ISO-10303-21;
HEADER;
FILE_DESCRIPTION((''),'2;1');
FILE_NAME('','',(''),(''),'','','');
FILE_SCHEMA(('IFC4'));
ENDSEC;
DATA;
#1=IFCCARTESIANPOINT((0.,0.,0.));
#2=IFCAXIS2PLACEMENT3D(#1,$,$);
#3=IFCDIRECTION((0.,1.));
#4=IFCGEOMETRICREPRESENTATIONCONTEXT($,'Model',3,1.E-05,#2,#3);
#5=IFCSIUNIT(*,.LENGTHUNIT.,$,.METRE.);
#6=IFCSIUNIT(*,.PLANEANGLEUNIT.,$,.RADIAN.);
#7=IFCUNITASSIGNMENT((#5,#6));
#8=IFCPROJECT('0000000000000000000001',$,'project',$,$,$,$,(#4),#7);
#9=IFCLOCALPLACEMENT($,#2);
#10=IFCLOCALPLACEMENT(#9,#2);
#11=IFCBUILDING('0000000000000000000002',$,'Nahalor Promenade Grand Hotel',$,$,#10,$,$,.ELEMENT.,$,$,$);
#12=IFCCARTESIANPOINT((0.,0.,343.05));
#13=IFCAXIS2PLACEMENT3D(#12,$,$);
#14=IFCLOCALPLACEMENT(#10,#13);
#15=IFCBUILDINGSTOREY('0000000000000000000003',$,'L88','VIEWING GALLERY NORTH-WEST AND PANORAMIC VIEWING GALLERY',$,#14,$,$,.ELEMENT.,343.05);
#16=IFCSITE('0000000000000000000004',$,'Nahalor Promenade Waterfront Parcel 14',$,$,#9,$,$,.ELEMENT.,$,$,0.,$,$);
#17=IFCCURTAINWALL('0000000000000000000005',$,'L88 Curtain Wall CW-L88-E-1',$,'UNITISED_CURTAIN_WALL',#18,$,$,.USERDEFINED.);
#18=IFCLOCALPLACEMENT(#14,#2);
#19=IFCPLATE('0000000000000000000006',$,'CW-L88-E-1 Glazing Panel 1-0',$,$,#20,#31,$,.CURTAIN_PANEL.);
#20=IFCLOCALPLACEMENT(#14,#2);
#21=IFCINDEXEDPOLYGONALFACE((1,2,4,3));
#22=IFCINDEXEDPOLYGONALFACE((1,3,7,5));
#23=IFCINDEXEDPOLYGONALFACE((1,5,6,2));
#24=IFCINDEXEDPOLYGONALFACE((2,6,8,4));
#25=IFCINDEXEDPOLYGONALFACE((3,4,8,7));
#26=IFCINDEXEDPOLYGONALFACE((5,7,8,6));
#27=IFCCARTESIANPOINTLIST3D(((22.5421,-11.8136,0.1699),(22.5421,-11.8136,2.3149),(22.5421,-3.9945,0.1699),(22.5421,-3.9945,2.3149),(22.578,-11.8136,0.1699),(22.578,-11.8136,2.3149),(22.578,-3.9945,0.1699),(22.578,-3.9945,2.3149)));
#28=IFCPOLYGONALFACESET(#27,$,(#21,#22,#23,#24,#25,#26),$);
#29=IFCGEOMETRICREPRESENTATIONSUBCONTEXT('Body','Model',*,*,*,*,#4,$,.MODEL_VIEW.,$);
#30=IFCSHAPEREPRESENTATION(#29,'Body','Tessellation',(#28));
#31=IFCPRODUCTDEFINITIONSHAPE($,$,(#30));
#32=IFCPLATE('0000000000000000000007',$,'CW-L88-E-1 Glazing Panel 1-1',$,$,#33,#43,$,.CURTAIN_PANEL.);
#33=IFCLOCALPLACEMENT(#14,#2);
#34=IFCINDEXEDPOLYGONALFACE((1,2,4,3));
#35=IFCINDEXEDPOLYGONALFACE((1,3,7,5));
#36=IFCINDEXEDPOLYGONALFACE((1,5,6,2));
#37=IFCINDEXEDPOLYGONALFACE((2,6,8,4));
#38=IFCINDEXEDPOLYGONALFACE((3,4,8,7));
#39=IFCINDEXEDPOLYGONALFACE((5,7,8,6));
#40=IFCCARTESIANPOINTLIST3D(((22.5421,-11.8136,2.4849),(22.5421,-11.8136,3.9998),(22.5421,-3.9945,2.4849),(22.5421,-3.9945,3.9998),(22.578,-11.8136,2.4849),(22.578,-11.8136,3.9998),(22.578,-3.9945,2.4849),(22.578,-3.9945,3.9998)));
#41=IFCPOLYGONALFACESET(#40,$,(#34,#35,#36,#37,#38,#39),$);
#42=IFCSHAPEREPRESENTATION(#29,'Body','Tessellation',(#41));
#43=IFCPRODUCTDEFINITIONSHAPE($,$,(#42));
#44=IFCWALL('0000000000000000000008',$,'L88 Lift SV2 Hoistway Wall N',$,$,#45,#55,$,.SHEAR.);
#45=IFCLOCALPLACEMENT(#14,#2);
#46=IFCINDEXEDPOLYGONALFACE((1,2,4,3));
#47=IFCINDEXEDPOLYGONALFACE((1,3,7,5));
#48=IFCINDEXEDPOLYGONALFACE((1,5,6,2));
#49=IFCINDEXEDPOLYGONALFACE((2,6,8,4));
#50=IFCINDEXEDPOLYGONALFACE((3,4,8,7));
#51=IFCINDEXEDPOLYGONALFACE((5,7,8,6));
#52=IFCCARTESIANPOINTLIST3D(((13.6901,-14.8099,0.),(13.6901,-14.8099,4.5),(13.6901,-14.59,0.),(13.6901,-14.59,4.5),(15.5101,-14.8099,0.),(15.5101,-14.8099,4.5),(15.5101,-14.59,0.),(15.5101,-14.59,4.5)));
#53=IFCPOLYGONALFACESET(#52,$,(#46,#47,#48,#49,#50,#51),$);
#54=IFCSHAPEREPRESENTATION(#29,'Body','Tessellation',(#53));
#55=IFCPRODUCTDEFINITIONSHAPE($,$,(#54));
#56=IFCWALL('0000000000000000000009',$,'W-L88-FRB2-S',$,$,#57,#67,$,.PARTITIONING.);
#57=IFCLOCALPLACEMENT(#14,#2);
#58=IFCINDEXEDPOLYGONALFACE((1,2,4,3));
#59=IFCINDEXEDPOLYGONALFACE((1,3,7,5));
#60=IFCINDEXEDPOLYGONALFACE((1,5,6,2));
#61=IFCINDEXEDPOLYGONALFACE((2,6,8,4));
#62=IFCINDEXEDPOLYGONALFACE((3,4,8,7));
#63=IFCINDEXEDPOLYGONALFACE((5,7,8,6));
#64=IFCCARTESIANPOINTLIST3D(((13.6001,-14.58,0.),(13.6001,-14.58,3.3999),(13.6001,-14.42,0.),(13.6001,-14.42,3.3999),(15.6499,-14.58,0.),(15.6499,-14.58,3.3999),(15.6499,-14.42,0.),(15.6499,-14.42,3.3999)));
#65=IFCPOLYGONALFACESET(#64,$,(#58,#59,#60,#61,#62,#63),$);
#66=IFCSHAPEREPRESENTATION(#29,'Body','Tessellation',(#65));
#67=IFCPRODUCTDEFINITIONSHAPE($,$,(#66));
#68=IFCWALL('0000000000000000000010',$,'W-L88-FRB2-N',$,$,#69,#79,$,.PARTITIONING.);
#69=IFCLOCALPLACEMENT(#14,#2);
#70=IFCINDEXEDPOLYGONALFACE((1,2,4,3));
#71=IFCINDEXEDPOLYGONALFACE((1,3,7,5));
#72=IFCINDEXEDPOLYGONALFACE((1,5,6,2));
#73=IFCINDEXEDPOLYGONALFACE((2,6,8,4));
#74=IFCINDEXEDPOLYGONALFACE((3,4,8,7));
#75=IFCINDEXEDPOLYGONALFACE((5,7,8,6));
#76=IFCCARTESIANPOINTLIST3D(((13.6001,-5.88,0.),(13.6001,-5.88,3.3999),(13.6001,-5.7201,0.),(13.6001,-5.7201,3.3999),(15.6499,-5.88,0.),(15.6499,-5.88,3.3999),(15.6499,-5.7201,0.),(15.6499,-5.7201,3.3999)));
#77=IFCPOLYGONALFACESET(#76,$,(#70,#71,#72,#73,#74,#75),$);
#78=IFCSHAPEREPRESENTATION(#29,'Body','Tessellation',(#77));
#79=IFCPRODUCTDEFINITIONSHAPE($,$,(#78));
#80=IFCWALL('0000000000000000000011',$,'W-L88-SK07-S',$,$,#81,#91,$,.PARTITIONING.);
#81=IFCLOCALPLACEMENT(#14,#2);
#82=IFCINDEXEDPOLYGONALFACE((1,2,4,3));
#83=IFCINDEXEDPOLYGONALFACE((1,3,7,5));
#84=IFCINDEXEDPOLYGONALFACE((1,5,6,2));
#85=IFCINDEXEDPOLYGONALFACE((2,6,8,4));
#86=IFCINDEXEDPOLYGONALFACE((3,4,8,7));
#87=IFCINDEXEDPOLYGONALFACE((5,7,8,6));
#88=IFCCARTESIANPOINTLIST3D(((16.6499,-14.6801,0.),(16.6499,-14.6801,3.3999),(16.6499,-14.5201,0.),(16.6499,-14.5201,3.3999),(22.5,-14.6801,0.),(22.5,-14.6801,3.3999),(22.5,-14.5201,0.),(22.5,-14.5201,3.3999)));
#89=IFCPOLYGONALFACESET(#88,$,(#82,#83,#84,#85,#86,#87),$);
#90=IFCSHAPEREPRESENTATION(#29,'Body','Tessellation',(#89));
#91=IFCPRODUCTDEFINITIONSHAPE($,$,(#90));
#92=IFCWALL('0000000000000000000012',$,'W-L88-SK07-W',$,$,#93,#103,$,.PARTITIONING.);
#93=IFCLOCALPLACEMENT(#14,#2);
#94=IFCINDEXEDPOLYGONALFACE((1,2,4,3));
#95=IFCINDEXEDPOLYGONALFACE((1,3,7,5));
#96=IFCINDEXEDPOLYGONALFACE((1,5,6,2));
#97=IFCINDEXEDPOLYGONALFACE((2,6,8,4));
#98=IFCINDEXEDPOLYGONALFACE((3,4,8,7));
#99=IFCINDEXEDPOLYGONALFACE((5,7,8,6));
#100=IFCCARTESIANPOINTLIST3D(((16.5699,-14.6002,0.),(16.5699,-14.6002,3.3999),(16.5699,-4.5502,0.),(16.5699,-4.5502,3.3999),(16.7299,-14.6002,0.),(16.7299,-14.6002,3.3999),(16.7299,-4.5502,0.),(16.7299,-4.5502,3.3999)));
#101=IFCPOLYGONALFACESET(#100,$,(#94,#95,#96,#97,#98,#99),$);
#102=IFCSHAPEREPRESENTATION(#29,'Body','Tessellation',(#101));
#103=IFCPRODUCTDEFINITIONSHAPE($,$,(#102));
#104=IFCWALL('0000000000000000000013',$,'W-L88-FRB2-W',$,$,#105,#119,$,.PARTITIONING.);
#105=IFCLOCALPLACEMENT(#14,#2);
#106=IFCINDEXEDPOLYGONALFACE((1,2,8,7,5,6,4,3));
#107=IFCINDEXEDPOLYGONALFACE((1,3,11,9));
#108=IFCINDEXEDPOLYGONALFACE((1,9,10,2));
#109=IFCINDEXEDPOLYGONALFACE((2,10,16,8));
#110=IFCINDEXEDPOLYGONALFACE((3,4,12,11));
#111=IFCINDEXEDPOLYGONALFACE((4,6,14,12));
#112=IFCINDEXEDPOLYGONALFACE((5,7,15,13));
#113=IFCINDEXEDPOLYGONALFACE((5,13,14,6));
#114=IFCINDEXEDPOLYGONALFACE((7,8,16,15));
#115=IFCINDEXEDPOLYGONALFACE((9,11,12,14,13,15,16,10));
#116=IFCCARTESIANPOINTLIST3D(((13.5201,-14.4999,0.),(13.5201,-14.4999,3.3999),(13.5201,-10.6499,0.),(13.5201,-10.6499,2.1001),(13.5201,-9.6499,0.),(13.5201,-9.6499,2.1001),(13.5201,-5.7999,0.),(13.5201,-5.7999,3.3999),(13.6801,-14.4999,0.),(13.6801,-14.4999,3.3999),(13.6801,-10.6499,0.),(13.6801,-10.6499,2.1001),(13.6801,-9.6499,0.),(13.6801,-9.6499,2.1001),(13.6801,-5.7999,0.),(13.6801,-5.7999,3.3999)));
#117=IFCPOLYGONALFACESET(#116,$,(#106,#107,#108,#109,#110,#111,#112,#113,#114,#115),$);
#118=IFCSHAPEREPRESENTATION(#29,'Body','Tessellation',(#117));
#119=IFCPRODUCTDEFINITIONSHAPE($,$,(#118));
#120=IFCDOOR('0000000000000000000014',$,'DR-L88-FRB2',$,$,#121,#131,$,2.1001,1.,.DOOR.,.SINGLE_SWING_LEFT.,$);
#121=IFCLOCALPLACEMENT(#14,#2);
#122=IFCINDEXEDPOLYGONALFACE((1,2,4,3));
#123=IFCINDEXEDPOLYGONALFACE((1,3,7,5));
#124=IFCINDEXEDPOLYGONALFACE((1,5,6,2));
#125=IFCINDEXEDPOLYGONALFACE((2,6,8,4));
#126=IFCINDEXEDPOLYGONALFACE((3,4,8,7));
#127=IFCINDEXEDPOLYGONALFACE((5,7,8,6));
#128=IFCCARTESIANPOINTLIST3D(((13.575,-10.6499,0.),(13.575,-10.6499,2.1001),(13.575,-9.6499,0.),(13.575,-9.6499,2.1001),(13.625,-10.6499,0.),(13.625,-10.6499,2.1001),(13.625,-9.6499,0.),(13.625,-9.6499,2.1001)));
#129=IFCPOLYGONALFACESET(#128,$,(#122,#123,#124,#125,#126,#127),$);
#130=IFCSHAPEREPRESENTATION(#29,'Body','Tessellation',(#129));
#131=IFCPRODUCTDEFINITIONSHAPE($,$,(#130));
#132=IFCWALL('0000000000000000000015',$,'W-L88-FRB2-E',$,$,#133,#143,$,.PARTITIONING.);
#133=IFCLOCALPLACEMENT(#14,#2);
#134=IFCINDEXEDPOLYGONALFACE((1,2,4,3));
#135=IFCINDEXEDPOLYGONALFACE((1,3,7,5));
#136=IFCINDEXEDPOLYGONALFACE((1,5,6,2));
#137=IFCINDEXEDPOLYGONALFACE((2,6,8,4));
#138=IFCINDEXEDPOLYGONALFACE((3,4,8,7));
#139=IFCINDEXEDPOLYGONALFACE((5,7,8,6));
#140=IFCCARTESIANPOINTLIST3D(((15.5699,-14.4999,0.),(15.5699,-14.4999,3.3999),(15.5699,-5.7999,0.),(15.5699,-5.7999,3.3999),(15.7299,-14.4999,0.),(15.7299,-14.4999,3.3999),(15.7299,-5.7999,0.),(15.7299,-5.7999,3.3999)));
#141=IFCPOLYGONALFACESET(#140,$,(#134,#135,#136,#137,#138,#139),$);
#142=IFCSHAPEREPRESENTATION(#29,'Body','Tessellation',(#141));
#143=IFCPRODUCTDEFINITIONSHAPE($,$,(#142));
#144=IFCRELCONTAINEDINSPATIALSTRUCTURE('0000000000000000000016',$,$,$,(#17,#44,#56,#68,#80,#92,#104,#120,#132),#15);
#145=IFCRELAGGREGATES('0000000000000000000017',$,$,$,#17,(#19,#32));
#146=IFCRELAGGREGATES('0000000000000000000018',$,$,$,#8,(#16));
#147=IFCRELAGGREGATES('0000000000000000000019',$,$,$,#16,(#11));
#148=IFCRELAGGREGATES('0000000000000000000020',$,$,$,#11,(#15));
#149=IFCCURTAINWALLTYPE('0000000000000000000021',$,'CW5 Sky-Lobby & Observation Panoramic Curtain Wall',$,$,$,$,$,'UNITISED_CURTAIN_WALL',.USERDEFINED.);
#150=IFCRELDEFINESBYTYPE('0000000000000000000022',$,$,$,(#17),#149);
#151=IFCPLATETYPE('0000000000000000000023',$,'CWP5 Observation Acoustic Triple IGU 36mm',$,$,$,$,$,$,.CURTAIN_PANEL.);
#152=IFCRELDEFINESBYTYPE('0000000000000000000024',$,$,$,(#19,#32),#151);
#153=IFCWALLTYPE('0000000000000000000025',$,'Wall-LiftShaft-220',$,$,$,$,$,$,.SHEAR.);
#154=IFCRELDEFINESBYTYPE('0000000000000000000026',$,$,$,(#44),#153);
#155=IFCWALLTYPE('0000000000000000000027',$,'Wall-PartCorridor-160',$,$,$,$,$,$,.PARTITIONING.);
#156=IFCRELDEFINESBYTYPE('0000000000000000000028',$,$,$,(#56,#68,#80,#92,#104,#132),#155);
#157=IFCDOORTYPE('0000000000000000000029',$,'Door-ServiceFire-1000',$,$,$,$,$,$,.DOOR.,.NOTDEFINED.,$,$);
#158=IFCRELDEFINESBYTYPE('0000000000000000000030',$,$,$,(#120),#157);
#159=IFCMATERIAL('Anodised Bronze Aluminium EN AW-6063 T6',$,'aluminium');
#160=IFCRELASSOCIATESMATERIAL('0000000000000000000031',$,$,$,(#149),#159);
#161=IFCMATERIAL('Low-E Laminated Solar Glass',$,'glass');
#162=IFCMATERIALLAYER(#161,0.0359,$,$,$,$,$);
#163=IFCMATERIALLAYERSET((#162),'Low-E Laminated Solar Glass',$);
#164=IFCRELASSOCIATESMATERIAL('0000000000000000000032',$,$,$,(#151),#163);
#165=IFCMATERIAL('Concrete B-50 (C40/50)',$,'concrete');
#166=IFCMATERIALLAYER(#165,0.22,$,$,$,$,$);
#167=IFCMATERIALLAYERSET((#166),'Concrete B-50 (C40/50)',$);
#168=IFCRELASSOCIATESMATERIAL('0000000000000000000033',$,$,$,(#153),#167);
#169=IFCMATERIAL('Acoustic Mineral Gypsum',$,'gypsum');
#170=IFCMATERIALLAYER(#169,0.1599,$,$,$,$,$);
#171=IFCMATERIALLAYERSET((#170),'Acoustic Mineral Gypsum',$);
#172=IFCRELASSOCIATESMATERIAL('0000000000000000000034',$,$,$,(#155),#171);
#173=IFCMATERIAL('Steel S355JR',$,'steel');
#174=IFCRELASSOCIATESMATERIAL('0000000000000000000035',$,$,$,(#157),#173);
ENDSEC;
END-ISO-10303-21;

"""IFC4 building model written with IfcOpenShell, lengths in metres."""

from ifc_helpers import new_model, si_unit, direction, frame, frame_2d, origin, origin_2d, place, context, subcontext, project, spatial, rectangle, extrude, source, transform, mapped, material, layer, layer_set, type_object, element, fill, aggregate, save


model = new_model("IFC4")

# Units and contexts
model_context = context("Model", 3, precision=1e-05, world=origin(), true_north=direction((0.0, 1.0)))
body_context = subcontext(model_context, "Body", "Model", "MODEL_VIEW")
ifc_project = project(units=[si_unit("LENGTHUNIT", "METRE"), si_unit("PLANEANGLEUNIT", "RADIAN")], contexts=[model_context])

# Site, building, storey
site_placement = place(None, origin())
site = spatial("IfcSite", under=ifc_project, at=site_placement, Name="Nahalor Promenade Waterfront Parcel 14", CompositionType="ELEMENT", RefElevation=0.0)
building_placement = place(site_placement, origin())
building = spatial("IfcBuilding", under=site, at=building_placement, Name="Nahalor Promenade Grand Hotel", CompositionType="ELEMENT")
storey_placement = place(building_placement, frame((0.0, 0.0, 343.05)))
storey = spatial("IfcBuildingStorey", under=building, at=storey_placement, Name="L88", Description="VIEWING GALLERY NORTH-WEST AND PANORAMIC VIEWING GALLERY", CompositionType="ELEMENT", Elevation=343.05)

# Shared definitions
ifc_material_1 = material(Name="Steel S355JR", Category="steel")

# Curtain wall, plates
ifc_material_2 = material(Name="Anodised Bronze Aluminium EN AW-6063 T6", Category="aluminium")
curtain_wall_type = type_object("IfcCurtainWallType", Name="CW5 Sky-Lobby & Observation Panoramic Curtain Wall", ElementType="UNITISED_CURTAIN_WALL", PredefinedType="USERDEFINED", material=ifc_material_2)
curtain_wall_placement = place(storey_placement, origin())
curtain_wall = element("IfcCurtainWall", 1, at=curtain_wall_placement, inside=storey, type_object=curtain_wall_type, Name="L88 Curtain Wall CW-L88-E-1", ObjectType="UNITISED_CURTAIN_WALL", PredefinedType="USERDEFINED")
ifc_material_3 = material(Name="Low-E Laminated Solar Glass", Category="glass")
ifc_layer_1 = layer(ifc_material_3, 0.0359)
ifc_layer_set_1 = layer_set([ifc_layer_1], Name="Low-E Laminated Solar Glass")
plate_type = type_object("IfcPlateType", Name="CWP5 Observation Acoustic Triple IGU 36mm", PredefinedType="CURTAIN_PANEL", material=ifc_layer_set_1)
shared_shape_1 = source(origin(), body_context, "Body", "SweptSolid", [
    extrude(rectangle(XDim=7.8191, YDim=0.0359, at=origin_2d()), origin(), (0.0, 0.0, 1.0), 2.145),
])
plate_1_placement = place(storey_placement, frame((22.5601, -7.9041, 0.1699), z_axis=(0.0, 0.0, 1.0), x_axis=(0.0, 1.0, 0.0)))
plate_1 = element("IfcPlate", 2, at=plate_1_placement, type_object=plate_type, Name="CW-L88-E-1 Glazing Panel 1-0", PredefinedType="CURTAIN_PANEL", context=body_context, shape_type="MappedRepresentation", body=[
    mapped(shared_shape_1, transform((0.0, 0.0, 0.0), scale=1.0)),
])
shared_shape_2 = source(origin(), body_context, "Body", "SweptSolid", [
    extrude(rectangle(XDim=7.8191, YDim=0.0359, at=origin_2d()), origin(), (0.0, 0.0, 1.0), 1.5149),
])
plate_2_placement = place(storey_placement, frame((22.5601, -7.9041, 2.4849), z_axis=(0.0, 0.0, 1.0), x_axis=(0.0, 1.0, 0.0)))
plate_2 = element("IfcPlate", 3, at=plate_2_placement, type_object=plate_type, Name="CW-L88-E-1 Glazing Panel 1-1", PredefinedType="CURTAIN_PANEL", context=body_context, shape_type="MappedRepresentation", body=[
    mapped(shared_shape_2, transform((0.0, 0.0, 0.0), scale=1.0)),
])
aggregate(curtain_wall, [plate_1, plate_2])

# Walls
ifc_material_4 = material(Name="Concrete B-50 (C40/50)", Category="concrete")
ifc_layer_2 = layer(ifc_material_4, 0.22)
ifc_layer_set_2 = layer_set([ifc_layer_2], Name="Concrete B-50 (C40/50)")
wall_type_1 = type_object("IfcWallType", Name="Wall-LiftShaft-220", PredefinedType="SHEAR", material=ifc_layer_set_2)
shared_shape_3 = source(origin(), body_context, "Body", "SweptSolid", [
    extrude(rectangle(XDim=1.8201, YDim=0.22, at=frame_2d((0.9102, 0.0))), origin(), (0.0, 0.0, 1.0), 4.5),
])
wall_1_placement = place(storey_placement, frame((13.6899, -14.7, 0.0), z_axis=(0.0, 0.0, 1.0), x_axis=(1.0, 0.0, 0.0)))
element("IfcWall", 4, at=wall_1_placement, inside=storey, type_object=wall_type_1, Name="L88 Lift SV2 Hoistway Wall N", PredefinedType="SHEAR", context=body_context, shape_type="MappedRepresentation", body=[
    mapped(shared_shape_3, transform((0.0, 0.0, 0.0), scale=1.0)),
])
ifc_material_5 = material(Name="Acoustic Mineral Gypsum", Category="gypsum")
ifc_layer_3 = layer(ifc_material_5, 0.1599)
ifc_layer_set_3 = layer_set([ifc_layer_3], Name="Acoustic Mineral Gypsum")
wall_type_2 = type_object("IfcWallType", Name="Wall-PartCorridor-160", PredefinedType="PARTITIONING", material=ifc_layer_set_3)
shared_shape_4 = source(origin(), body_context, "Body", "SweptSolid", [
    extrude(rectangle(XDim=2.0498, YDim=0.1599, at=frame_2d((1.0249, 0.0))), origin(), (0.0, 0.0, 1.0), 3.3999),
])
for number, where, z_axis, x_axis, name in (
    (5, (13.6001, -14.5, 0.0), (0.0, 0.0, 1.0), (1.0, 0.0, 0.0), "W-L88-FRB2-S"),
    (6, (13.6001, -5.8, 0.0), (0.0, 0.0, 1.0), (1.0, 0.0, 0.0), "W-L88-FRB2-N"),
):
    element("IfcWall", number, at=place(storey_placement, frame(where, z_axis=z_axis, x_axis=x_axis)), inside=storey, type_object=wall_type_2, Name=name, PredefinedType="PARTITIONING", context=body_context, shape_type="MappedRepresentation", body=[
        mapped(shared_shape_4, transform((0.0, 0.0, 0.0), scale=1.0)),
    ])
shared_shape_5 = source(origin(), body_context, "Body", "SweptSolid", [
    extrude(rectangle(XDim=5.8501, YDim=0.1599, at=frame_2d((2.925, 0.0))), origin(), (0.0, 0.0, 1.0), 3.3999),
])
wall_2_placement = place(storey_placement, frame((16.6499, -14.6001, 0.0), z_axis=(0.0, 0.0, 1.0), x_axis=(1.0, 0.0, 0.0)))
element("IfcWall", 7, at=wall_2_placement, inside=storey, type_object=wall_type_2, Name="W-L88-SK07-S", PredefinedType="PARTITIONING", context=body_context, shape_type="MappedRepresentation", body=[
    mapped(shared_shape_5, transform((0.0, 0.0, 0.0), scale=1.0)),
])
shared_shape_6 = source(origin(), body_context, "Body", "SweptSolid", [
    extrude(rectangle(XDim=10.05, YDim=0.1599, at=frame_2d((5.0249, 0.0))), origin(), (0.0, 0.0, 1.0), 3.3999),
])
wall_3_placement = place(storey_placement, frame((16.6499, -14.6001, 0.0), z_axis=(0.0, 0.0, 1.0), x_axis=(0.0, 1.0, 0.0)))
element("IfcWall", 8, at=wall_3_placement, inside=storey, type_object=wall_type_2, Name="W-L88-SK07-W", PredefinedType="PARTITIONING", context=body_context, shape_type="MappedRepresentation", body=[
    mapped(shared_shape_6, transform((0.0, 0.0, 0.0), scale=1.0)),
])

# Wall, opening, door
shared_shape_7 = source(origin(), body_context, "Body", "SweptSolid", [
    extrude(rectangle(XDim=8.7, YDim=0.1599, at=frame_2d((4.3501, 0.0))), origin(), (0.0, 0.0, 1.0), 3.3999),
])
wall_4_placement = place(storey_placement, frame((13.6001, -14.5, 0.0), z_axis=(0.0, 0.0, 1.0), x_axis=(0.0, 1.0, 0.0)))
wall_4 = element("IfcWall", 9, at=wall_4_placement, inside=storey, type_object=wall_type_2, Name="W-L88-FRB2-W", PredefinedType="PARTITIONING", context=body_context, shape_type="MappedRepresentation", body=[
    mapped(shared_shape_7, transform((0.0, 0.0, 0.0), scale=1.0)),
])
opening_placement = place(wall_4_placement, frame((3.8501, 0.0, 0.0)))
opening = element("IfcOpeningElement", 10, at=opening_placement, cuts=wall_4, PredefinedType="OPENING", context=body_context, shape_type="SweptSolid", body=[
    extrude(rectangle(XDim=1.0, YDim=2.1001, at=frame_2d((0.5, 1.05))), frame((0.0, 0.0898, 0.0), z_axis=(0.0, -1.0, 0.0), x_axis=(1.0, 0.0, 0.0)), (0.0, 0.0, 1.0), 0.1799),
])
door_type = type_object("IfcDoorType", Name="Door-ServiceFire-1000", OperationType="NOTDEFINED", PredefinedType="DOOR", material=ifc_material_1)
shared_shape_8 = source(origin(), body_context, "Body", "SweptSolid", [
    extrude(rectangle(XDim=1.0, YDim=2.1001, at=frame_2d((0.5, 1.05))), frame((0.0, 0.0249, 0.0), z_axis=(0.0, -1.0, 0.0), x_axis=(1.0, 0.0, 0.0)), (0.0, 0.0, 1.0), 0.05),
])
door_placement = place(opening_placement, frame((1.0, 0.0, 0.0), z_axis=(0.0, 0.0, 1.0), x_axis=(-1.0, 0.0, 0.0)))
door = element("IfcDoor", 11, at=door_placement, inside=storey, type_object=door_type, Name="DR-L88-FRB2", OperationType="SINGLE_SWING_LEFT", OverallHeight=2.1001, OverallWidth=1.0, PredefinedType="DOOR", context=body_context, shape_type="MappedRepresentation", body=[
    mapped(shared_shape_8, transform((0.0, 0.0, 0.0), scale=1.0)),
])
fill(opening, door)

# Wall
wall_5_placement = place(storey_placement, frame((15.6499, -14.5, 0.0), z_axis=(0.0, 0.0, 1.0), x_axis=(0.0, 1.0, 0.0)))
element("IfcWall", 12, at=wall_5_placement, inside=storey, type_object=wall_type_2, Name="W-L88-FRB2-E", PredefinedType="PARTITIONING", context=body_context, shape_type="MappedRepresentation", body=[
    mapped(shared_shape_7, transform((0.0, 0.0, 0.0), scale=1.0)),
])

save(model, "model.ifc")
